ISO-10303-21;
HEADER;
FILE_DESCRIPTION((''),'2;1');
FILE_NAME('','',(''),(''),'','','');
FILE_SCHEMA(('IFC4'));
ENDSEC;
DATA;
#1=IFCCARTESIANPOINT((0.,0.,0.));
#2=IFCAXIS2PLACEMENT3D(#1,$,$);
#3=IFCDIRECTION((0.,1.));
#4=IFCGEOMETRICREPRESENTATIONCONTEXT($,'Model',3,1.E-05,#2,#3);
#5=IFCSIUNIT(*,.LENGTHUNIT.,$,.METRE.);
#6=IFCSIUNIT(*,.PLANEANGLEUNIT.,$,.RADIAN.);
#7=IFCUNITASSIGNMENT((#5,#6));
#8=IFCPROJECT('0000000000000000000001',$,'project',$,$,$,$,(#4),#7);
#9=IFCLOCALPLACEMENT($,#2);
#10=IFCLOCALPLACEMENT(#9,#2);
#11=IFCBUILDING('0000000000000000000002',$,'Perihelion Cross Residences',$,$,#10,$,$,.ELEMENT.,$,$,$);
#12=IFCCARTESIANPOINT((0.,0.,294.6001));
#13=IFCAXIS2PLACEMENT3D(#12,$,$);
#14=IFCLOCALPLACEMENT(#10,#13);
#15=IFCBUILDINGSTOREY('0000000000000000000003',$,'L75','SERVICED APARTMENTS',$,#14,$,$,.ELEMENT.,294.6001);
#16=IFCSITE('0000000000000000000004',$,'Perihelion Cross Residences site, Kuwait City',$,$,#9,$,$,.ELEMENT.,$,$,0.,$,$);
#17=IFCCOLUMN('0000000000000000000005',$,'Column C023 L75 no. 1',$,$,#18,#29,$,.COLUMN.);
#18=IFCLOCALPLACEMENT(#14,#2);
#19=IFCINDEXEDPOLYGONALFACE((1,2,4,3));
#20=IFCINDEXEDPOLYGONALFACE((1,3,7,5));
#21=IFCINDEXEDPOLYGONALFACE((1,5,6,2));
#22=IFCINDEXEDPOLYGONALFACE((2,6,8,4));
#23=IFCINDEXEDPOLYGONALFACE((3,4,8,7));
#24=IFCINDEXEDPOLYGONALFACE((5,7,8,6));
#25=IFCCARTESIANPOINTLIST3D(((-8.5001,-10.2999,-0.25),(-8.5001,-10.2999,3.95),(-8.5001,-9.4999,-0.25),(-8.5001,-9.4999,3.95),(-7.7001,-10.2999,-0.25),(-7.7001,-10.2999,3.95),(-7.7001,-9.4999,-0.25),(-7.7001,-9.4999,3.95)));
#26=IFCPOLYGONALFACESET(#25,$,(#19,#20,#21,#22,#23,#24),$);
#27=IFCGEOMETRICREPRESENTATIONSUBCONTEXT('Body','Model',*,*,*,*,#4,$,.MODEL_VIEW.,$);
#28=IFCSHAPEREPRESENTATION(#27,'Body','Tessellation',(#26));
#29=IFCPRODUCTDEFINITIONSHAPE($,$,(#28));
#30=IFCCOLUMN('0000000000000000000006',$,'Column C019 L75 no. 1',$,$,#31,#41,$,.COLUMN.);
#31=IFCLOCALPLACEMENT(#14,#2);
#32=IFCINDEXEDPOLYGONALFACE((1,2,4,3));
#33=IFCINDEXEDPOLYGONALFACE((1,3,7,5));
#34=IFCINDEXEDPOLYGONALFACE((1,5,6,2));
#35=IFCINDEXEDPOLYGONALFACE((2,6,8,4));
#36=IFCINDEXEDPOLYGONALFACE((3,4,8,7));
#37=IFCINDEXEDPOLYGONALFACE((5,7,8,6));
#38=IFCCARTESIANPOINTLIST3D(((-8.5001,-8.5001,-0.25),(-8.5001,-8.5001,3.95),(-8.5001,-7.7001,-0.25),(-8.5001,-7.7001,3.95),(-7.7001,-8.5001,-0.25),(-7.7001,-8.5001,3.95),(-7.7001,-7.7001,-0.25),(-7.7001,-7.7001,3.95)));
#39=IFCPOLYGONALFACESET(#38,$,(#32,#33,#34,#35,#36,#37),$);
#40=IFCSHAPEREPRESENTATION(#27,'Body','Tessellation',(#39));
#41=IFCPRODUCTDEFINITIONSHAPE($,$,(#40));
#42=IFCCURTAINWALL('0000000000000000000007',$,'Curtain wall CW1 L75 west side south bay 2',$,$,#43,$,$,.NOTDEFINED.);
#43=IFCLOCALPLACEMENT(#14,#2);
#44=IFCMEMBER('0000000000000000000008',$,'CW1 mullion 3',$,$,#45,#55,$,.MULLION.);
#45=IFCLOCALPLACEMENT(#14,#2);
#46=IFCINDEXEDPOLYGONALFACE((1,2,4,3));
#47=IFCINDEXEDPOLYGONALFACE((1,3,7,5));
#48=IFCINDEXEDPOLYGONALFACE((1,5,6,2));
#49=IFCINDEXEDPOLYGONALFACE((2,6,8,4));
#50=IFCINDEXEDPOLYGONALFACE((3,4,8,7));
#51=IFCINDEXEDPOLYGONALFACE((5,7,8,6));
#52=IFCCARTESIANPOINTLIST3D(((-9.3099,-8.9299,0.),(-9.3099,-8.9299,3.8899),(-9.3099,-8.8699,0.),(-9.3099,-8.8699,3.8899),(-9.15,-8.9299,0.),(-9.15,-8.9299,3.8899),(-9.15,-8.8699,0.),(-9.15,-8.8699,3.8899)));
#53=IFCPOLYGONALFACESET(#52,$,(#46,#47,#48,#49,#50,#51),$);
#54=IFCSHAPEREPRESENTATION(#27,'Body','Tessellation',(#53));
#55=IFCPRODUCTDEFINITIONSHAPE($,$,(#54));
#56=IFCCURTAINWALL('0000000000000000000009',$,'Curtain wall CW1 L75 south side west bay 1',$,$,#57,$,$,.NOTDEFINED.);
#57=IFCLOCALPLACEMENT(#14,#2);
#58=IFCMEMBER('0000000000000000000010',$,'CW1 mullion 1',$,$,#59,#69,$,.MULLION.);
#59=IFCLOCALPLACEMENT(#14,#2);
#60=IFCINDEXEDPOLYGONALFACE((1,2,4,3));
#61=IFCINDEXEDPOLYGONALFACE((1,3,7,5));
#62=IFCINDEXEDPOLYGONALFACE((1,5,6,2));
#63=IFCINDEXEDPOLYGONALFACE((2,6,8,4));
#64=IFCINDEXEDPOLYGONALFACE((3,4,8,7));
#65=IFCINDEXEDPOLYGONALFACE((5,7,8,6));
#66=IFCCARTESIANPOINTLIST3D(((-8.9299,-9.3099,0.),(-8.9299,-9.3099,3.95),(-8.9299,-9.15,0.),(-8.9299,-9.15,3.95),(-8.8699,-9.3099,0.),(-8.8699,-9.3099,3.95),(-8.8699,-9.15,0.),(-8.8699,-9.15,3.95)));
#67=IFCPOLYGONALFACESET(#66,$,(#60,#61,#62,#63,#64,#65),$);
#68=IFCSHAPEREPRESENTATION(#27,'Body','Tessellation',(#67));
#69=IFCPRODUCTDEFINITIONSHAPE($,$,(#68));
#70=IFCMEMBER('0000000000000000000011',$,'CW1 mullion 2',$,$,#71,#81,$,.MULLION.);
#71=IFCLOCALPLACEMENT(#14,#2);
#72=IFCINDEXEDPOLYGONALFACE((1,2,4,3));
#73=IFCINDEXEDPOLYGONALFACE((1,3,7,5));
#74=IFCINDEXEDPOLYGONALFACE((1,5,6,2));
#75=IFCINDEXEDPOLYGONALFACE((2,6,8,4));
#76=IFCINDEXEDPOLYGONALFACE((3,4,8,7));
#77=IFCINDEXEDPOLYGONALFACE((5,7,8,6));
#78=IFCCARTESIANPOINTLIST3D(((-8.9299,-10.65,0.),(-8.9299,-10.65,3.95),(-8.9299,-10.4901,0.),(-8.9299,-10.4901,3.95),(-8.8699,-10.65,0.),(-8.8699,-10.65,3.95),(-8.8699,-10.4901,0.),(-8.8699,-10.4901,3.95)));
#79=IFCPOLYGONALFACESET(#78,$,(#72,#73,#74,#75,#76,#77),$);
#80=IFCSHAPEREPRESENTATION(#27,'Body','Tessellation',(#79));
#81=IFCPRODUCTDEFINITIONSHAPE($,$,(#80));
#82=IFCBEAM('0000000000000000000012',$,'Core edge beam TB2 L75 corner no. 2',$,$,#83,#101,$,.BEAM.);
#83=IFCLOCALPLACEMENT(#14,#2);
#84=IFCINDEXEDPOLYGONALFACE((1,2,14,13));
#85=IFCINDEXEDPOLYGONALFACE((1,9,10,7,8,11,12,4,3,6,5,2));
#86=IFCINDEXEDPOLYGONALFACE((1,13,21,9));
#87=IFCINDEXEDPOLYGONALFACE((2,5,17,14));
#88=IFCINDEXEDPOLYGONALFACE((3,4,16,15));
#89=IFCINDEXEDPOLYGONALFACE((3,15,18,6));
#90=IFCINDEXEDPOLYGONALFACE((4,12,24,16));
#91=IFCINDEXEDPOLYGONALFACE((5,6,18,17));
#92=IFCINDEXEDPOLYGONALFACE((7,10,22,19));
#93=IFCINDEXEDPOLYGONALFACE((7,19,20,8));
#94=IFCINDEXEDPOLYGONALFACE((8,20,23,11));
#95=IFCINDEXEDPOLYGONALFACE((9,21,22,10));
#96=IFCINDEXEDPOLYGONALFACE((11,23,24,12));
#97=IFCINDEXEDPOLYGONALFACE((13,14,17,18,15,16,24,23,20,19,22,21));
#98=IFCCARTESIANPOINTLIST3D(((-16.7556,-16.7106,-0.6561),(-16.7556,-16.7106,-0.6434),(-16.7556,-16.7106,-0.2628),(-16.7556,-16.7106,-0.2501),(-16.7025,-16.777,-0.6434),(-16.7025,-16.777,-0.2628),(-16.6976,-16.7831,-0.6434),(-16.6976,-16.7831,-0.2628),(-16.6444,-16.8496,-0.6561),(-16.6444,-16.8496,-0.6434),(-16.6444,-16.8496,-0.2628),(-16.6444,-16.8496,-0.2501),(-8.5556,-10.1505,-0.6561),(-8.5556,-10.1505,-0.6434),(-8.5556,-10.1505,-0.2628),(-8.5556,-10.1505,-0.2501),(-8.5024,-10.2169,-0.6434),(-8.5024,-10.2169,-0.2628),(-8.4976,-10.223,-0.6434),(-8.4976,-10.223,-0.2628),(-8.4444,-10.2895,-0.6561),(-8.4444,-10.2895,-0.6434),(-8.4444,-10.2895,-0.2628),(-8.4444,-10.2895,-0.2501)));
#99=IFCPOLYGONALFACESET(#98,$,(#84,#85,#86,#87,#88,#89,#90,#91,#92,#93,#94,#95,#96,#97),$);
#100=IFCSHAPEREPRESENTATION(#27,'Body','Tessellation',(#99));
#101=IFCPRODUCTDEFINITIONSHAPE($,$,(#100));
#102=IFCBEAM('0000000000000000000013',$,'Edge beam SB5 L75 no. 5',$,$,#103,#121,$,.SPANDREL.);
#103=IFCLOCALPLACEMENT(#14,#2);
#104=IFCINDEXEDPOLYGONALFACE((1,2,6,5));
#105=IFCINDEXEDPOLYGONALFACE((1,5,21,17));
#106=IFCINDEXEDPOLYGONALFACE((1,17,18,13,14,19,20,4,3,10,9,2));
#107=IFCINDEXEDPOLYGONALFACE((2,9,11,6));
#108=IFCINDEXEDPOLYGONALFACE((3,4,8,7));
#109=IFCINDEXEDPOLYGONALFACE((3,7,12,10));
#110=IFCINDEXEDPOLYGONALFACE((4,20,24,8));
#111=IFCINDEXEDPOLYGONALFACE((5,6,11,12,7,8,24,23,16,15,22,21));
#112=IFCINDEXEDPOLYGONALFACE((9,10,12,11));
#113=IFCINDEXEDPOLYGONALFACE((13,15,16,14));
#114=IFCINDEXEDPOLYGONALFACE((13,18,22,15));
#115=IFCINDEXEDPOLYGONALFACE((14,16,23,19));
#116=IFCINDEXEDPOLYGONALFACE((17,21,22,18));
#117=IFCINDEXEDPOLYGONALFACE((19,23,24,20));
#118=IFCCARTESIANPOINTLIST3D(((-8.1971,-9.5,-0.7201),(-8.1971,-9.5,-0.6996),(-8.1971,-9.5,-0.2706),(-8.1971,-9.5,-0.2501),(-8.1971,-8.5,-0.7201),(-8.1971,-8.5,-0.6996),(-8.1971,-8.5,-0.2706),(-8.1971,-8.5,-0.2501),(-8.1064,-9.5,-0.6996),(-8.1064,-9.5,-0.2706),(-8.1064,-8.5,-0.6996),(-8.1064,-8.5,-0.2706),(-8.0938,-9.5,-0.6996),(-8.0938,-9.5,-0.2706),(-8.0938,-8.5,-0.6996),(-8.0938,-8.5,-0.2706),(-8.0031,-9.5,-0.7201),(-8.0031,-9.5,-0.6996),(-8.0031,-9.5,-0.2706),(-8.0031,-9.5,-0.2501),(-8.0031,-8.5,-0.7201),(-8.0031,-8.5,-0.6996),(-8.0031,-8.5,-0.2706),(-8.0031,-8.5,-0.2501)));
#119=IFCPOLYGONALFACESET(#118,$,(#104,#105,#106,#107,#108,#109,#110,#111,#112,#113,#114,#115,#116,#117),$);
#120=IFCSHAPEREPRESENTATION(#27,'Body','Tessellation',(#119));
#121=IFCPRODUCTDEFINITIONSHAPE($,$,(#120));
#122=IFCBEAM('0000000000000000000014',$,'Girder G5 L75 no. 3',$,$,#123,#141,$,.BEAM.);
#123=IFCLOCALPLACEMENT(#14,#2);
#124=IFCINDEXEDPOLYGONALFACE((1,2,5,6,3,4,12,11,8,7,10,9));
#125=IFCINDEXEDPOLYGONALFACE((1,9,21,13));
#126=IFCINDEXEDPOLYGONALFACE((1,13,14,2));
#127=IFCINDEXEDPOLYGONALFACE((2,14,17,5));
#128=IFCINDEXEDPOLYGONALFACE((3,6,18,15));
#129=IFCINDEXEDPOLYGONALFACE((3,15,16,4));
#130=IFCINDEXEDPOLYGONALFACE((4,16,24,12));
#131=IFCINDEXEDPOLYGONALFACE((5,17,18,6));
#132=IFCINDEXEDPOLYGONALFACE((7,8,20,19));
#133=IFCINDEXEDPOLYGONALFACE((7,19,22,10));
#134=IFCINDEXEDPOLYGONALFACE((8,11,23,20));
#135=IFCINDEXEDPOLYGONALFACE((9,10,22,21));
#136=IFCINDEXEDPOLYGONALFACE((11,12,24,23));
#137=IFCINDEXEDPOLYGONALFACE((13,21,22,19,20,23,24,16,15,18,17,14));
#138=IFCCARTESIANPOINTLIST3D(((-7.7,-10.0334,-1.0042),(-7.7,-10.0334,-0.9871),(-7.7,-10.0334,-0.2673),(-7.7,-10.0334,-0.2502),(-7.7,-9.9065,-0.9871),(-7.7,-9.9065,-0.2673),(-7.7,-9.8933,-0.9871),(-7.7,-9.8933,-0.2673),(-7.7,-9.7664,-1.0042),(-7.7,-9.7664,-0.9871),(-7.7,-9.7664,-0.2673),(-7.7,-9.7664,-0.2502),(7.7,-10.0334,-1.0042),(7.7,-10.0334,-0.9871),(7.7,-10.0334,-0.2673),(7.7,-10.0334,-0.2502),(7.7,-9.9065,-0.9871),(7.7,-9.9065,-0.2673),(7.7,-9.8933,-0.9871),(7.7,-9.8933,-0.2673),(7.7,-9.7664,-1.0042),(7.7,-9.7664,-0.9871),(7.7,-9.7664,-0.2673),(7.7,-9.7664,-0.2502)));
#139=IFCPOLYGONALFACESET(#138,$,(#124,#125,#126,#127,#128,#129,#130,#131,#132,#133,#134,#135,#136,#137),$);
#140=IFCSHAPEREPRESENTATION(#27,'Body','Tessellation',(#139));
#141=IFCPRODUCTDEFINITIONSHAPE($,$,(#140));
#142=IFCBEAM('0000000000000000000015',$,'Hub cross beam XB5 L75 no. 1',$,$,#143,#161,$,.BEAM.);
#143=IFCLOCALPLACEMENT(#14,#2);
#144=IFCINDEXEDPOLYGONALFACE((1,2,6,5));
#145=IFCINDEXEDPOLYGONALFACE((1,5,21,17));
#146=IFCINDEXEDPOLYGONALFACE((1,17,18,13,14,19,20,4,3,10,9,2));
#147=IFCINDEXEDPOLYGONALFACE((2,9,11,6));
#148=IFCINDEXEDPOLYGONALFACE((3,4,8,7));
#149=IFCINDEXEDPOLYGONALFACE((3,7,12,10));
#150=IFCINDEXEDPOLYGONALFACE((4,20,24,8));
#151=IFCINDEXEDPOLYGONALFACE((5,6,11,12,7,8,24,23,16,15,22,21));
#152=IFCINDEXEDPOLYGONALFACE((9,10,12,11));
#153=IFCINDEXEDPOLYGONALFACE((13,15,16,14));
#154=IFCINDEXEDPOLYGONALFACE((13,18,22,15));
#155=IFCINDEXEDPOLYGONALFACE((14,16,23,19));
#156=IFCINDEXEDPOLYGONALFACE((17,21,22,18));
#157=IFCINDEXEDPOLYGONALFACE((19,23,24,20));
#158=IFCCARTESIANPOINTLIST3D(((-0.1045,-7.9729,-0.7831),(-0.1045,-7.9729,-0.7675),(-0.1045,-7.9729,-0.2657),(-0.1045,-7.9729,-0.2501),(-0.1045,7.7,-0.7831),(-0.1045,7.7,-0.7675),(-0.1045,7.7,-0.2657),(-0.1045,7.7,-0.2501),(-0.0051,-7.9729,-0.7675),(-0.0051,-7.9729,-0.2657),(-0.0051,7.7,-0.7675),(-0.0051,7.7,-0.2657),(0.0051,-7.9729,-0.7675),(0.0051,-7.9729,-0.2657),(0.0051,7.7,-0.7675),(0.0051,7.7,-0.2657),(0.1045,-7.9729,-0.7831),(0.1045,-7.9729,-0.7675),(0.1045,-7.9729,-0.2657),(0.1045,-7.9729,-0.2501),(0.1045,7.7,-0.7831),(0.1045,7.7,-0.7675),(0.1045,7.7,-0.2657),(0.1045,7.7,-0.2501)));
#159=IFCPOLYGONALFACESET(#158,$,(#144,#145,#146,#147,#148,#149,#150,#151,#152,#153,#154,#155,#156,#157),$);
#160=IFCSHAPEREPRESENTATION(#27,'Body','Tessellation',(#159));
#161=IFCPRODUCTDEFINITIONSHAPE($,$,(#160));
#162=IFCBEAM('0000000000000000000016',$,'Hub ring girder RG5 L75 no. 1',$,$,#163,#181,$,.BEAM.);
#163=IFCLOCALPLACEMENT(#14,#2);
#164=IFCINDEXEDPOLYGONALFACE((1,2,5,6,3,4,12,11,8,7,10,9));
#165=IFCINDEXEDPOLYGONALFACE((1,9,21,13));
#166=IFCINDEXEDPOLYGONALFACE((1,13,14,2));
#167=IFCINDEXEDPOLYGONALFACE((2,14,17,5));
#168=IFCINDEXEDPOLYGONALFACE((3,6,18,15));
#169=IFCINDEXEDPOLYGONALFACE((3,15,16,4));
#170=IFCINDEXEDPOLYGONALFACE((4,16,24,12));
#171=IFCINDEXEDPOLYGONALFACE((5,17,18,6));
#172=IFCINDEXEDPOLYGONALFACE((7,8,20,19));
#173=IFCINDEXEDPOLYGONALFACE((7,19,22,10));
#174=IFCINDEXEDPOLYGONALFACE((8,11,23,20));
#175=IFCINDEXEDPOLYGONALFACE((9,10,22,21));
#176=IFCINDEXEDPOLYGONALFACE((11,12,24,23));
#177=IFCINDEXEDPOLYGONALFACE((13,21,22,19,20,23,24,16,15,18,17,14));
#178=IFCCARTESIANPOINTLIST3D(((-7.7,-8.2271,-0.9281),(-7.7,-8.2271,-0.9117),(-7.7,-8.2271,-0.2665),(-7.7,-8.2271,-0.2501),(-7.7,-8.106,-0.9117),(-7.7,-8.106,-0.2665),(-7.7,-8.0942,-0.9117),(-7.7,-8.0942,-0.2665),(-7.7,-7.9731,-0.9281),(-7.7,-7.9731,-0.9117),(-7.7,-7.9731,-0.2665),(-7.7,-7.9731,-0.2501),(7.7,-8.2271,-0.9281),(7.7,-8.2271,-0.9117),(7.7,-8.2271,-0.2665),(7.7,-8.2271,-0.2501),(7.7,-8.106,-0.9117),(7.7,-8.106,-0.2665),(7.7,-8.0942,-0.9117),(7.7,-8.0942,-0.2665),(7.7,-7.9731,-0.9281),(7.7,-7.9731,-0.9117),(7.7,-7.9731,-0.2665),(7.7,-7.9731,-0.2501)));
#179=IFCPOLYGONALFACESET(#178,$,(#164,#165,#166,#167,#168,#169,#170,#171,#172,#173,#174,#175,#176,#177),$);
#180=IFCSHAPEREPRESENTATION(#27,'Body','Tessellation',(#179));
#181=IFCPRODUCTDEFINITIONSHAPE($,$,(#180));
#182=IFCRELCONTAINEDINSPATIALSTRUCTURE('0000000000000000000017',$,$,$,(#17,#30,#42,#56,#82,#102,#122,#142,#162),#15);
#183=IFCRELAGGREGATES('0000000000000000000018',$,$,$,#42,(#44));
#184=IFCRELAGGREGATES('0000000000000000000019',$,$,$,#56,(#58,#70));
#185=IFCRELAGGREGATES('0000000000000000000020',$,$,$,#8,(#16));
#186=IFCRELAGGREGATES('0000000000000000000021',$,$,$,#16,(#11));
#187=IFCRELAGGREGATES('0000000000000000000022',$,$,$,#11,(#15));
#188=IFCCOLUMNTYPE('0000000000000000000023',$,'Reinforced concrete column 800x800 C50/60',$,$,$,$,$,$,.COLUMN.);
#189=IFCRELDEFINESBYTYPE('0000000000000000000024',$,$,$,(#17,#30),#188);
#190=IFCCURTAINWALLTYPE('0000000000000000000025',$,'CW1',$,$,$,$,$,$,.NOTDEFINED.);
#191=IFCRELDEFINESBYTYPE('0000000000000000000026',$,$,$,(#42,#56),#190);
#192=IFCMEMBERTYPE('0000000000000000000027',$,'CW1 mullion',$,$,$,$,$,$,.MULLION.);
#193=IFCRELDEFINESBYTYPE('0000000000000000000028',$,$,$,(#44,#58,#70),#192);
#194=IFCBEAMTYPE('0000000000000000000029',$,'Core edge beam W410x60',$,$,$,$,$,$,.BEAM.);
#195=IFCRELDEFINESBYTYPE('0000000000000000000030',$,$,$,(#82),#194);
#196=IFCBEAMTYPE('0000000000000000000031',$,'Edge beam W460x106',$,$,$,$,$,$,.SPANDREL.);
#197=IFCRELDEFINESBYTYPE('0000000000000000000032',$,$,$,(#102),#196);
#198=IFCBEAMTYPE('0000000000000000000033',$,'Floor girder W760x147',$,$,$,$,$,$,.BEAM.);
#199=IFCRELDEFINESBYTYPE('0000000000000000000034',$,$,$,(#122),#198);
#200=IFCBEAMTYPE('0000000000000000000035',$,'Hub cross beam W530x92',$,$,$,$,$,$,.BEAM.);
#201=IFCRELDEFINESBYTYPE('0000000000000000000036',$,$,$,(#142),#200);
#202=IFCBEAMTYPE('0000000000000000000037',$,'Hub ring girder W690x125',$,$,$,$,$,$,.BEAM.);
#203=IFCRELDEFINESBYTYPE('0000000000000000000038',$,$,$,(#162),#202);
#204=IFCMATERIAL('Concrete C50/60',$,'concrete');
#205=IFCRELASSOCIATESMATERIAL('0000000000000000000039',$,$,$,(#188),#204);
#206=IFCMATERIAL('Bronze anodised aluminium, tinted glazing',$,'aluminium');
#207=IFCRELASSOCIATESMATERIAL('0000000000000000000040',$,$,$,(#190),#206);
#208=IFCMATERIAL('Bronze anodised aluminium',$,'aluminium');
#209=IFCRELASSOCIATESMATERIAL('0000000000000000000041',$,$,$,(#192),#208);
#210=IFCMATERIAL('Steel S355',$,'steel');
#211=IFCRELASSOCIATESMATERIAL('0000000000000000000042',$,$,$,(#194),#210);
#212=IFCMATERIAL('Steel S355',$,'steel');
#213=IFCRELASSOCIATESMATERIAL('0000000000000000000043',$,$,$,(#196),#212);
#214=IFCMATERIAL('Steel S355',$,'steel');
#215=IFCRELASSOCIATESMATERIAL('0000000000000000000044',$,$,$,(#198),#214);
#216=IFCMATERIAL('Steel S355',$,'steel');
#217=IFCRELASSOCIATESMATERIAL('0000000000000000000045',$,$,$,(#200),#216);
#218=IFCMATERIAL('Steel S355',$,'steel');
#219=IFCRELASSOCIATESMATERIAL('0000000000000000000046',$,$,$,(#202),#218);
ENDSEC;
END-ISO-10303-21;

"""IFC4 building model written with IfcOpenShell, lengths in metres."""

from ifc_helpers import new_model, si_unit, direction, frame, origin, origin_2d, place, context, subcontext, project, spatial, rectangle, i_section, extrude, material, material_profile, profile_set, type_object, element, aggregate, save


model = new_model("IFC4")

# Units and contexts
model_context = context("Model", 3, precision=1e-05, world=origin(), true_north=direction((0.0, 1.0)))
body_context = subcontext(model_context, "Body", "Model", "MODEL_VIEW")
ifc_project = project(units=[si_unit("LENGTHUNIT", "METRE"), si_unit("PLANEANGLEUNIT", "RADIAN")], contexts=[model_context])

# Site, building, storey
site_placement = place(None, origin())
site = spatial("IfcSite", under=ifc_project, at=site_placement, Name="Perihelion Cross Residences site, Kuwait City", CompositionType="ELEMENT", RefElevation=0.0)
building_placement = place(site_placement, origin())
building = spatial("IfcBuilding", under=site, at=building_placement, Name="Perihelion Cross Residences", CompositionType="ELEMENT")
storey_placement = place(building_placement, frame((0.0, 0.0, 294.6001)))
storey = spatial("IfcBuildingStorey", under=building, at=storey_placement, Name="L75", Description="SERVICED APARTMENTS", CompositionType="ELEMENT", Elevation=294.6001)

# Columns
ifc_material_1 = material(Name="Concrete C50/60", Category="concrete")
ifc_material_profile_1 = material_profile(ifc_material_1, rectangle(XDim=0.8, YDim=0.8, at=origin_2d()), Name="RC 800x800")
ifc_profile_set_1 = profile_set([ifc_material_profile_1], Name="Concrete C50/60")
column_type = type_object("IfcColumnType", Name="Reinforced concrete column 800x800 C50/60", PredefinedType="COLUMN", material=ifc_profile_set_1)
for number, where, z_axis, x_axis, name in (
    (1, (-8.1001, -9.8999, -0.25), (0.0, 0.0, 1.0), (1.0, 0.0, 0.0), "Column C023 L75 no. 1"),
    (2, (-8.1001, -8.1001, -0.25), (0.0, 0.0, 1.0), (1.0, 0.0, 0.0), "Column C019 L75 no. 1"),
):
    element("IfcColumn", number, at=place(storey_placement, frame(where, z_axis=z_axis, x_axis=x_axis)), inside=storey, type_object=column_type, Name=name, PredefinedType="COLUMN", context=body_context, shape_type="SweptSolid", body=[
        extrude(rectangle(XDim=0.8, YDim=0.8, at=origin_2d()), origin(), (0.0, 0.0, 1.0), 4.2),
    ])

# Curtain wall, member
ifc_material_2 = material(Name="Bronze anodised aluminium, tinted glazing", Category="aluminium")
curtain_wall_type = type_object("IfcCurtainWallType", Name="CW1", PredefinedType="NOTDEFINED", material=ifc_material_2)
curtain_wall_1_placement = place(storey_placement, origin())
curtain_wall_1 = element("IfcCurtainWall", 3, at=curtain_wall_1_placement, inside=storey, type_object=curtain_wall_type, Name="Curtain wall CW1 L75 west side south bay 2", PredefinedType="NOTDEFINED")
ifc_material_3 = material(Name="Bronze anodised aluminium", Category="aluminium")
ifc_material_profile_2 = material_profile(ifc_material_3, rectangle(XDim=0.0601, YDim=0.1599, at=origin_2d()), Name="CW1 mullion")
ifc_profile_set_2 = profile_set([ifc_material_profile_2], Name="Bronze anodised aluminium")
member_type = type_object("IfcMemberType", Name="CW1 mullion", PredefinedType="MULLION", material=ifc_profile_set_2)
member_1_placement = place(storey_placement, frame((-9.23, -8.8999, 0.0), z_axis=(0.0, 0.0, 1.0), x_axis=(0.0, 1.0, 0.0)))
member_1 = element("IfcMember", 4, at=member_1_placement, type_object=member_type, Name="CW1 mullion 3", PredefinedType="MULLION", context=body_context, shape_type="SweptSolid", body=[
    extrude(rectangle(XDim=0.0601, YDim=0.1599, at=origin_2d()), origin(), (0.0, 0.0, 1.0), 3.8899),
])

# Curtain wall, members
curtain_wall_2_placement = place(storey_placement, origin())
curtain_wall_2 = element("IfcCurtainWall", 5, at=curtain_wall_2_placement, inside=storey, type_object=curtain_wall_type, Name="Curtain wall CW1 L75 south side west bay 1", PredefinedType="NOTDEFINED")
member_2_placement = place(storey_placement, frame((-8.8999, -9.23, 0.0), z_axis=(0.0, 0.0, 1.0), x_axis=(1.0, 0.0, 0.0)))
member_2 = element("IfcMember", 6, at=member_2_placement, type_object=member_type, Name="CW1 mullion 1", PredefinedType="MULLION", context=body_context, shape_type="SweptSolid", body=[
    extrude(rectangle(XDim=0.0601, YDim=0.1599, at=origin_2d()), origin(), (0.0, 0.0, 1.0), 3.95),
])
member_3_placement = place(storey_placement, frame((-8.8999, -10.5701, 0.0), z_axis=(0.0, 0.0, 1.0), x_axis=(1.0, 0.0, 0.0)))
member_3 = element("IfcMember", 7, at=member_3_placement, type_object=member_type, Name="CW1 mullion 2", PredefinedType="MULLION", context=body_context, shape_type="SweptSolid", body=[
    extrude(rectangle(XDim=0.0601, YDim=0.1599, at=origin_2d()), origin(), (0.0, 0.0, 1.0), 3.95),
])

# Beams
ifc_material_4 = material(Name="Steel S355", Category="steel")
ifc_material_profile_3 = material_profile(ifc_material_4, i_section(OverallWidth=0.178, OverallDepth=0.406, WebThickness=0.0078, FlangeThickness=0.0127, at=origin_2d()), Name="W410x60")
ifc_profile_set_3 = profile_set([ifc_material_profile_3], Name="Steel S355")
beam_type_1 = type_object("IfcBeamType", Name="Core edge beam W410x60", PredefinedType="BEAM", material=ifc_profile_set_3)
beam_1_placement = place(storey_placement, frame((-8.5, -10.22, -0.4531), z_axis=(-0.780864, -0.624701, 0.0), x_axis=(0.624701, -0.780864, 0.0)))
element("IfcBeam", 8, at=beam_1_placement, inside=storey, type_object=beam_type_1, Name="Core edge beam TB2 L75 corner no. 2", PredefinedType="BEAM", context=body_context, shape_type="SweptSolid", body=[
    extrude(i_section(OverallWidth=0.178, OverallDepth=0.406, WebThickness=0.0078, FlangeThickness=0.0127, at=origin_2d()), origin(), (0.0, 0.0, 1.0), 10.5012),
])
ifc_material_5 = material(Name="Steel S355", Category="steel")
ifc_material_profile_4 = material_profile(ifc_material_5, i_section(OverallWidth=0.1941, OverallDepth=0.47, WebThickness=0.0127, FlangeThickness=0.0205, at=origin_2d()), Name="W460x106")
ifc_profile_set_4 = profile_set([ifc_material_profile_4], Name="Steel S355")
beam_type_2 = type_object("IfcBeamType", Name="Edge beam W460x106", PredefinedType="SPANDREL", material=ifc_profile_set_4)
beam_2_placement = place(storey_placement, frame((-8.1001, -8.5, -0.4851), z_axis=(0.0, -1.0, 0.0), x_axis=(1.0, 0.0, 0.0)))
element("IfcBeam", 9, at=beam_2_placement, inside=storey, type_object=beam_type_2, Name="Edge beam SB5 L75 no. 5", PredefinedType="SPANDREL", context=body_context, shape_type="SweptSolid", body=[
    extrude(i_section(OverallWidth=0.1941, OverallDepth=0.47, WebThickness=0.0127, FlangeThickness=0.0205, at=origin_2d()), origin(), (0.0, 0.0, 1.0), 1.0),
])
ifc_material_6 = material(Name="Steel S355", Category="steel")
ifc_material_profile_5 = material_profile(ifc_material_6, i_section(OverallWidth=0.2671, OverallDepth=0.7539, WebThickness=0.0132, FlangeThickness=0.0171, at=origin_2d()), Name="W760x147")
ifc_profile_set_5 = profile_set([ifc_material_profile_5], Name="Steel S355")
beam_type_3 = type_object("IfcBeamType", Name="Floor girder W760x147", PredefinedType="BEAM", material=ifc_profile_set_5)
beam_3_placement = place(storey_placement, frame((-7.7, -9.8999, -0.6272), z_axis=(1.0, 0.0, 0.0), x_axis=(0.0, 1.0, 0.0)))
element("IfcBeam", 10, at=beam_3_placement, inside=storey, type_object=beam_type_3, Name="Girder G5 L75 no. 3", PredefinedType="BEAM", context=body_context, shape_type="SweptSolid", body=[
    extrude(i_section(OverallWidth=0.2671, OverallDepth=0.7539, WebThickness=0.0132, FlangeThickness=0.0171, at=origin_2d()), origin(), (0.0, 0.0, 1.0), 15.3999),
])
ifc_material_7 = material(Name="Steel S355", Category="steel")
ifc_material_profile_6 = material_profile(ifc_material_7, i_section(OverallWidth=0.209, OverallDepth=0.533, WebThickness=0.0103, FlangeThickness=0.0156, at=origin_2d()), Name="W530x92")
ifc_profile_set_6 = profile_set([ifc_material_profile_6], Name="Steel S355")
beam_type_4 = type_object("IfcBeamType", Name="Hub cross beam W530x92", PredefinedType="BEAM", material=ifc_profile_set_6)
beam_4_placement = place(storey_placement, frame((0.0, -7.9729, -0.5166), z_axis=(0.0, 1.0, 0.0), x_axis=(-1.0, 0.0, 0.0)))
element("IfcBeam", 11, at=beam_4_placement, inside=storey, type_object=beam_type_4, Name="Hub cross beam XB5 L75 no. 1", PredefinedType="BEAM", context=body_context, shape_type="SweptSolid", body=[
    extrude(i_section(OverallWidth=0.209, OverallDepth=0.533, WebThickness=0.0103, FlangeThickness=0.0156, at=origin_2d()), origin(), (0.0, 0.0, 1.0), 15.6729),
])
ifc_material_8 = material(Name="Steel S355", Category="steel")
ifc_material_profile_7 = material_profile(ifc_material_8, i_section(OverallWidth=0.2539, OverallDepth=0.678, WebThickness=0.0117, FlangeThickness=0.0164, at=origin_2d()), Name="W690x125")
ifc_profile_set_7 = profile_set([ifc_material_profile_7], Name="Steel S355")
beam_type_5 = type_object("IfcBeamType", Name="Hub ring girder W690x125", PredefinedType="BEAM", material=ifc_profile_set_7)
beam_5_placement = place(storey_placement, frame((-7.7, -8.1001, -0.5891), z_axis=(1.0, 0.0, 0.0), x_axis=(0.0, 1.0, 0.0)))
element("IfcBeam", 12, at=beam_5_placement, inside=storey, type_object=beam_type_5, Name="Hub ring girder RG5 L75 no. 1", PredefinedType="BEAM", context=body_context, shape_type="SweptSolid", body=[
    extrude(i_section(OverallWidth=0.2539, OverallDepth=0.678, WebThickness=0.0117, FlangeThickness=0.0164, at=origin_2d()), origin(), (0.0, 0.0, 1.0), 15.3999),
])

aggregate(curtain_wall_1, [member_1])
aggregate(curtain_wall_2, [member_2, member_3])

save(model, "model.ifc")
